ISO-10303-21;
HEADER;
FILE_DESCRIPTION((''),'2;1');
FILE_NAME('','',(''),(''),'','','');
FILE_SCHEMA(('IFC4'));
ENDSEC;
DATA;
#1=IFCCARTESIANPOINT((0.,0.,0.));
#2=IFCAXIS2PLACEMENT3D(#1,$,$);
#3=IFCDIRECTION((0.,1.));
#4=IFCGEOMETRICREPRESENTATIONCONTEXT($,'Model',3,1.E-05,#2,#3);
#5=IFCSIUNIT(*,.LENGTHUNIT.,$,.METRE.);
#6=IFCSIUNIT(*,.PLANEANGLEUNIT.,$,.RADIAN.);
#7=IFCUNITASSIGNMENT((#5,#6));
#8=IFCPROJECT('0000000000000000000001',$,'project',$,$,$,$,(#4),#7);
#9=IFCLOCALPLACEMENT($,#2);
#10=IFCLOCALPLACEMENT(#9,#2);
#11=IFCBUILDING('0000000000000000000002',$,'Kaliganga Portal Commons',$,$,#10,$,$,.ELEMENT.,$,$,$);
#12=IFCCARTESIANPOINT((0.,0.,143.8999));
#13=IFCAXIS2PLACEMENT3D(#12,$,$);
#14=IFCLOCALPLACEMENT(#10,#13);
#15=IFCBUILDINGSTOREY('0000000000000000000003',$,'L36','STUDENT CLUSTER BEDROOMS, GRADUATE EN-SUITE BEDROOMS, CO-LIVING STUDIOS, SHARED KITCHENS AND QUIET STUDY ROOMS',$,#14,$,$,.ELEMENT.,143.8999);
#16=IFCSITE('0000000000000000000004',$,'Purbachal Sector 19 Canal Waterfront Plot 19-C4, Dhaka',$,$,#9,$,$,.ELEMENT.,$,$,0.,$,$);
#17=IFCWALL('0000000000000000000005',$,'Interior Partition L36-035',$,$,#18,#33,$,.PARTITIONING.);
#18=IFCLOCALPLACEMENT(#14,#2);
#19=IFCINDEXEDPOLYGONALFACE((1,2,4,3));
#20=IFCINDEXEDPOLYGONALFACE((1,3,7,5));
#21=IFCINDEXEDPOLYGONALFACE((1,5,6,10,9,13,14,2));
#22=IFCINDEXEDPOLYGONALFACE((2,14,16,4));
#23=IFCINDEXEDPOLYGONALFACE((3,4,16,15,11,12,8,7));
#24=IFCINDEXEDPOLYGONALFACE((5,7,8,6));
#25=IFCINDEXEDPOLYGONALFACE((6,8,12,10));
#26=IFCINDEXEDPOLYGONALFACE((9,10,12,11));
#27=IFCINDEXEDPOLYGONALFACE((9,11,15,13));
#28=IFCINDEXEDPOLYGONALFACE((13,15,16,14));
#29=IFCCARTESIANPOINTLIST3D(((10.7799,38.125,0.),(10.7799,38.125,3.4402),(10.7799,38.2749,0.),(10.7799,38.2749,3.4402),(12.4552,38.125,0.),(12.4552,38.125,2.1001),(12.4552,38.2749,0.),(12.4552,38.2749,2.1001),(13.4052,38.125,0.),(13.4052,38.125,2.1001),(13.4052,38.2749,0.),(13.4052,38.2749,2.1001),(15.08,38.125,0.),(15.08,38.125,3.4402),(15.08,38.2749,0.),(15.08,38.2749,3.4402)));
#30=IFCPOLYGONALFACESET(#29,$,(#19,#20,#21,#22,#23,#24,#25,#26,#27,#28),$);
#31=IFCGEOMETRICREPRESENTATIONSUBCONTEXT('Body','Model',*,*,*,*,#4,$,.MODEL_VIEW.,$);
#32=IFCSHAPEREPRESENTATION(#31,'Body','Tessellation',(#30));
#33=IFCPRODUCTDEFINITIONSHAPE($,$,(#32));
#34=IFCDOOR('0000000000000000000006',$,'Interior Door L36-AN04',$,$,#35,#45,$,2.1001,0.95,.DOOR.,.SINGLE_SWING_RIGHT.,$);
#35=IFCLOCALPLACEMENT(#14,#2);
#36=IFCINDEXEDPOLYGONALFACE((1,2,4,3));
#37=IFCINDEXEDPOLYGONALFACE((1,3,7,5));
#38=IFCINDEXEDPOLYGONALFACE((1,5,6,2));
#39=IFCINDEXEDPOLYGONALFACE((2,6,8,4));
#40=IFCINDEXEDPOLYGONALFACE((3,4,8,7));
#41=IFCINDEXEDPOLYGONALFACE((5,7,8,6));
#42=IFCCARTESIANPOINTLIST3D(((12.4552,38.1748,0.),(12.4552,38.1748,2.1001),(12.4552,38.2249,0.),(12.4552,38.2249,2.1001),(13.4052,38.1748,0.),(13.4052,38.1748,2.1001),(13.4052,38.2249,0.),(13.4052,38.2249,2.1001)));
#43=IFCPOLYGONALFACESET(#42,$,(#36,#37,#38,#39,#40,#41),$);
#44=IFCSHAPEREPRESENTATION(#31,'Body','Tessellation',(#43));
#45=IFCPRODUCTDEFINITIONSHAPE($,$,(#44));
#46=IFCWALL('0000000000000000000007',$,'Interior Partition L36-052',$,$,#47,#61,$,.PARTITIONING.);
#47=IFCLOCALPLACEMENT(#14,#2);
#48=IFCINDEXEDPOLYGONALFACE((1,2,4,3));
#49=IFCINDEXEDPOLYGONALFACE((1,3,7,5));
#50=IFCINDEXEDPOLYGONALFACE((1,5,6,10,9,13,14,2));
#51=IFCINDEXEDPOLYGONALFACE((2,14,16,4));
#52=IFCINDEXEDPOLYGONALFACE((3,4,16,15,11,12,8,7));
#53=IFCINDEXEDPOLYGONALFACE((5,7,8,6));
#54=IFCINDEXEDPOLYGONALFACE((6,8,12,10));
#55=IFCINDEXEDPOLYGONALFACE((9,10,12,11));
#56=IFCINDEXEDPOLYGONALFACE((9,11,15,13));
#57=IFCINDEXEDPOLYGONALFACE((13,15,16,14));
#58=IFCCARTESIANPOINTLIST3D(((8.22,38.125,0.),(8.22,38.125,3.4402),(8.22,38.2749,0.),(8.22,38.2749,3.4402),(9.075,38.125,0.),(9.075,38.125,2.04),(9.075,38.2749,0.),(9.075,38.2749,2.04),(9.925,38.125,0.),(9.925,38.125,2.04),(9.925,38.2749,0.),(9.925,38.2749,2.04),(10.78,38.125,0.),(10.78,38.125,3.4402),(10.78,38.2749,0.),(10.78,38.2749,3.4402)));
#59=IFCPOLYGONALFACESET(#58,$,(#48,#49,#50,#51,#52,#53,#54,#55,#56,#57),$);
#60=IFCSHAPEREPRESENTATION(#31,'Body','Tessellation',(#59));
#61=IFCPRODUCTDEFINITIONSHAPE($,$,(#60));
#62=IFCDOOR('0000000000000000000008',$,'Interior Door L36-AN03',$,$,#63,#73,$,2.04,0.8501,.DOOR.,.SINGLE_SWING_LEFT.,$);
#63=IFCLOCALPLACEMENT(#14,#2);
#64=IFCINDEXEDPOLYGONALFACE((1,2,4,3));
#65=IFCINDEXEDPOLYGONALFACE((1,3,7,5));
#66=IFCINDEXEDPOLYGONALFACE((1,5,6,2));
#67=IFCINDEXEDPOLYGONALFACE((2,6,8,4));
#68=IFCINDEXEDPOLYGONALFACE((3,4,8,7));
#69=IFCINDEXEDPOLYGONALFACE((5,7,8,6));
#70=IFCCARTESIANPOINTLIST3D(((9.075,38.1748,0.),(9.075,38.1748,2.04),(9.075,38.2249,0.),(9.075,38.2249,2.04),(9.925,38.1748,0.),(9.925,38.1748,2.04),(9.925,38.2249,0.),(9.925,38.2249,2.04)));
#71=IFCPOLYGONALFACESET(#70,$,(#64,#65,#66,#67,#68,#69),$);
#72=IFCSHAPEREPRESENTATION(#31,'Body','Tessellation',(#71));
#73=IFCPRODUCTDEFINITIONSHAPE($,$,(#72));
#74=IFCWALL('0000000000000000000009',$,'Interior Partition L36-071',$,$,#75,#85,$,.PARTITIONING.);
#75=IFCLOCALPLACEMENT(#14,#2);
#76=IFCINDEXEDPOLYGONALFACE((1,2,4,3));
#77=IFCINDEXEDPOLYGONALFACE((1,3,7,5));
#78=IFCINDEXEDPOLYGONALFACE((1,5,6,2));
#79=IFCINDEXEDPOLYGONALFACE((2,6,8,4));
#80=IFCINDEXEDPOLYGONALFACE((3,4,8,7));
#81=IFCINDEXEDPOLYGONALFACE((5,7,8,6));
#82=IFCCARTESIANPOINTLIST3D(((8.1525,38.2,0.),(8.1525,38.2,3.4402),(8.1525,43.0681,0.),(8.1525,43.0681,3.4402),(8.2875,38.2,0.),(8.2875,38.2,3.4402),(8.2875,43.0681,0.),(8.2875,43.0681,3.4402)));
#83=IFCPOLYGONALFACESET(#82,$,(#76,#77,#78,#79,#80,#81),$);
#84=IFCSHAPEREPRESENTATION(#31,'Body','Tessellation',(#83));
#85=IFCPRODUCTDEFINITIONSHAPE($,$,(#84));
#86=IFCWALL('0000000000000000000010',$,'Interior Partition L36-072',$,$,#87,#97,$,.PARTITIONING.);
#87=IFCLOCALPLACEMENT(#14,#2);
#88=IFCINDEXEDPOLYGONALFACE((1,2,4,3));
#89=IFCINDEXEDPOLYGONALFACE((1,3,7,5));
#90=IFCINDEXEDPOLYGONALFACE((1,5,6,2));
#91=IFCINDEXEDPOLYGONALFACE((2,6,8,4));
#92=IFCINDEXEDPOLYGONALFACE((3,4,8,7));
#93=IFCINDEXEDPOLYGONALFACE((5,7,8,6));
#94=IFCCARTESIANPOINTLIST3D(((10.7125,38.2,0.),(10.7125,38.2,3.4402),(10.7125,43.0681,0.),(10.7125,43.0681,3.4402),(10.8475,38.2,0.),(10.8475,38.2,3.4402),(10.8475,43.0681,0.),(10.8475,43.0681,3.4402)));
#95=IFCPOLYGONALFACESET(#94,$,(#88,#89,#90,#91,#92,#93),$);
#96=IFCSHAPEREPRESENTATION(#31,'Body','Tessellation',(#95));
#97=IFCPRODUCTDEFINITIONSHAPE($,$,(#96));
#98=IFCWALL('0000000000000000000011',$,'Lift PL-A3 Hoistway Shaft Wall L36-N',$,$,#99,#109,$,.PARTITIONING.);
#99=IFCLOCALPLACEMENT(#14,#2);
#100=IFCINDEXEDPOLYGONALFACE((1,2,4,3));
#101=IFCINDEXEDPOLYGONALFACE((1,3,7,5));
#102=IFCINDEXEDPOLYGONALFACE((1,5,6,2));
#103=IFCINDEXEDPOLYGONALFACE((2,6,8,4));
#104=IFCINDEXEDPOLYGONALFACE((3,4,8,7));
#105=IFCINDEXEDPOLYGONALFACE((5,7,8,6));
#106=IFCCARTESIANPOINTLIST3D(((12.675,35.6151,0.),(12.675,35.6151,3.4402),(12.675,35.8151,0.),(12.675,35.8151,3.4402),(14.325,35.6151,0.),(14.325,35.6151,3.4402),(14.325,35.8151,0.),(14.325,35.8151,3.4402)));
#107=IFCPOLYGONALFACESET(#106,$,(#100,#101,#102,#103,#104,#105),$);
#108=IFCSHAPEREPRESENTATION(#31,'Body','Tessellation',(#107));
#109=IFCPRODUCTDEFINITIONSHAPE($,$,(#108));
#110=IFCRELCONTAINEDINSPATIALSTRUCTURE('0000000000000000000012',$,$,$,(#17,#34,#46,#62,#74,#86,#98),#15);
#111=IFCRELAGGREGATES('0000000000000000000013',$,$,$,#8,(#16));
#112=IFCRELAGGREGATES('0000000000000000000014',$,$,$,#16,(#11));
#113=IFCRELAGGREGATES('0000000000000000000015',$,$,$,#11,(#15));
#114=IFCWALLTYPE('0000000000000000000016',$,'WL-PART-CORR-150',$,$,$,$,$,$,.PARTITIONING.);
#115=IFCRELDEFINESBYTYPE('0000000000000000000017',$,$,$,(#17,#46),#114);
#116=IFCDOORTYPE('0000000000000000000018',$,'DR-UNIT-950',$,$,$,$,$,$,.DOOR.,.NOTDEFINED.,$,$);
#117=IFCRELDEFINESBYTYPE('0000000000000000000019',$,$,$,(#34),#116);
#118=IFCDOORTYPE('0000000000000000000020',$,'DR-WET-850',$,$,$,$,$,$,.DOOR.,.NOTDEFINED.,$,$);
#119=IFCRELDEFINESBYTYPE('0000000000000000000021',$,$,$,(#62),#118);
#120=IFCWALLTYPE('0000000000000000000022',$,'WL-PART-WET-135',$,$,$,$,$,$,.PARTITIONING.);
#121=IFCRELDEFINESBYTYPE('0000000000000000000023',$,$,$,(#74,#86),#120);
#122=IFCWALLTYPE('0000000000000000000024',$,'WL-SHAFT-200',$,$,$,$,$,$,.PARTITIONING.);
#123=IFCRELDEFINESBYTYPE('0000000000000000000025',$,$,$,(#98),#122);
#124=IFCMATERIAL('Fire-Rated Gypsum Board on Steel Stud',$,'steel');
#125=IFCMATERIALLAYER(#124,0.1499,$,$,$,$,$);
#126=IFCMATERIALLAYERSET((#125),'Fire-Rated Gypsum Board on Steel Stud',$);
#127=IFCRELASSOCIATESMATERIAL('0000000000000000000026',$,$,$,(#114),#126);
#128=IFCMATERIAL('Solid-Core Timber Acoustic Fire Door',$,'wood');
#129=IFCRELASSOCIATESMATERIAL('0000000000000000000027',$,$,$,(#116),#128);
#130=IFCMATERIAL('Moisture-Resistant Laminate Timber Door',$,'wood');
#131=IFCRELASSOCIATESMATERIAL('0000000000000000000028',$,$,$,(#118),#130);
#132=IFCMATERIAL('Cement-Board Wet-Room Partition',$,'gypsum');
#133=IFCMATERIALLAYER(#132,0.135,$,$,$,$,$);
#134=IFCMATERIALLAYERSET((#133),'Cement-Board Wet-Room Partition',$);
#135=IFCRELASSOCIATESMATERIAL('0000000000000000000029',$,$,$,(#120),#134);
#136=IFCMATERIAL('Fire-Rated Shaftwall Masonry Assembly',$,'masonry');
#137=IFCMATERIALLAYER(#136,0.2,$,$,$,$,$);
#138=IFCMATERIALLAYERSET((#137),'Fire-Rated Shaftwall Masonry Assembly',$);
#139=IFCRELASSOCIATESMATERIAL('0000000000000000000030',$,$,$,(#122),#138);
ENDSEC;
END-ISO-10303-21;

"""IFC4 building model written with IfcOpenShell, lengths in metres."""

from ifc_helpers import new_model, si_unit, direction, frame, frame_2d, origin, place, context, subcontext, project, spatial, rectangle, extrude, material, layer, layer_set, type_object, element, fill, save


model = new_model("IFC4")

# Units and contexts
model_context = context("Model", 3, precision=1e-05, world=origin(), true_north=direction((0.0, 1.0)))
body_context = subcontext(model_context, "Body", "Model", "MODEL_VIEW")
ifc_project = project(units=[si_unit("LENGTHUNIT", "METRE"), si_unit("PLANEANGLEUNIT", "RADIAN")], contexts=[model_context])

# Site, building, storey
site_placement = place(None, origin())
site = spatial("IfcSite", under=ifc_project, at=site_placement, Name="Purbachal Sector 19 Canal Waterfront Plot 19-C4, Dhaka", CompositionType="ELEMENT", RefElevation=0.0)
building_placement = place(site_placement, origin())
building = spatial("IfcBuilding", under=site, at=building_placement, Name="Kaliganga Portal Commons", CompositionType="ELEMENT")
storey_placement = place(building_placement, frame((0.0, 0.0, 143.8999)))
storey = spatial("IfcBuildingStorey", under=building, at=storey_placement, Name="L36", Description="STUDENT CLUSTER BEDROOMS, GRADUATE EN-SUITE BEDROOMS, CO-LIVING STUDIOS, SHARED KITCHENS AND QUIET STUDY ROOMS", CompositionType="ELEMENT", Elevation=143.8999)

# Shared definitions
ifc_material_1 = material(Name="Fire-Rated Gypsum Board on Steel Stud", Category="steel")
ifc_layer_1 = layer(ifc_material_1, 0.1499)
ifc_layer_set_1 = layer_set([ifc_layer_1], Name="Fire-Rated Gypsum Board on Steel Stud")
wall_type_1 = type_object("IfcWallType", Name="WL-PART-CORR-150", PredefinedType="PARTITIONING", material=ifc_layer_set_1)

# Walls, openings, doors
wall_1_placement = place(storey_placement, frame((10.78, 38.2, 0.0), z_axis=(0.0, 0.0, 1.0), x_axis=(1.0, 0.0, 0.0)))
wall_1 = element("IfcWall", 1, at=wall_1_placement, inside=storey, type_object=wall_type_1, Name="Interior Partition L36-035", PredefinedType="PARTITIONING", context=body_context, shape_type="SweptSolid", body=[
    extrude(rectangle(XDim=4.3, YDim=0.1499, at=frame_2d((2.1499, 0.0))), origin(), (0.0, 0.0, 1.0), 3.4402),
])
opening_1_placement = place(wall_1_placement, frame((1.675, 0.0, 0.0)))
opening_1 = element("IfcOpeningElement", 2, at=opening_1_placement, cuts=wall_1, PredefinedType="OPENING", context=body_context, shape_type="SweptSolid", body=[
    extrude(rectangle(XDim=0.95, YDim=2.1001, at=frame_2d((0.4751, 1.05))), frame((0.0, 0.085, 0.0), z_axis=(0.0, -1.0, 0.0), x_axis=(1.0, 0.0, 0.0)), (0.0, 0.0, 1.0), 0.1699),
])
ifc_material_2 = material(Name="Solid-Core Timber Acoustic Fire Door", Category="wood")
door_type_1 = type_object("IfcDoorType", Name="DR-UNIT-950", OperationType="NOTDEFINED", PredefinedType="DOOR", material=ifc_material_2)
door_1_placement = place(opening_1_placement, origin())
door_1 = element("IfcDoor", 3, at=door_1_placement, inside=storey, type_object=door_type_1, Name="Interior Door L36-AN04", OperationType="SINGLE_SWING_RIGHT", OverallHeight=2.1001, OverallWidth=0.95, PredefinedType="DOOR", context=body_context, shape_type="SweptSolid", body=[
    extrude(rectangle(XDim=0.95, YDim=2.1001, at=frame_2d((0.4751, 1.05))), frame((0.0, 0.0249, 0.0), z_axis=(0.0, -1.0, 0.0), x_axis=(1.0, 0.0, 0.0)), (0.0, 0.0, 1.0), 0.05),
])
fill(opening_1, door_1)
wall_2_placement = place(storey_placement, frame((8.22, 38.2, 0.0), z_axis=(0.0, 0.0, 1.0), x_axis=(1.0, 0.0, 0.0)))
wall_2 = element("IfcWall", 4, at=wall_2_placement, inside=storey, type_object=wall_type_1, Name="Interior Partition L36-052", PredefinedType="PARTITIONING", context=body_context, shape_type="SweptSolid", body=[
    extrude(rectangle(XDim=2.5601, YDim=0.1499, at=frame_2d((1.28, 0.0))), origin(), (0.0, 0.0, 1.0), 3.4402),
])
opening_2_placement = place(wall_2_placement, frame((0.855, 0.0, 0.0)))
opening_2 = element("IfcOpeningElement", 5, at=opening_2_placement, cuts=wall_2, PredefinedType="OPENING", context=body_context, shape_type="SweptSolid", body=[
    extrude(rectangle(XDim=0.8501, YDim=2.04, at=frame_2d((0.425, 1.02))), frame((0.0, 0.085, 0.0), z_axis=(0.0, -1.0, 0.0), x_axis=(1.0, 0.0, 0.0)), (0.0, 0.0, 1.0), 0.1699),
])
ifc_material_3 = material(Name="Moisture-Resistant Laminate Timber Door", Category="wood")
door_type_2 = type_object("IfcDoorType", Name="DR-WET-850", OperationType="NOTDEFINED", PredefinedType="DOOR", material=ifc_material_3)
door_2_placement = place(opening_2_placement, origin())
door_2 = element("IfcDoor", 6, at=door_2_placement, inside=storey, type_object=door_type_2, Name="Interior Door L36-AN03", OperationType="SINGLE_SWING_LEFT", OverallHeight=2.04, OverallWidth=0.8501, PredefinedType="DOOR", context=body_context, shape_type="SweptSolid", body=[
    extrude(rectangle(XDim=0.8501, YDim=2.04, at=frame_2d((0.425, 1.02))), frame((0.0, 0.0249, 0.0), z_axis=(0.0, -1.0, 0.0), x_axis=(1.0, 0.0, 0.0)), (0.0, 0.0, 1.0), 0.05),
])
fill(opening_2, door_2)

# Walls
ifc_material_4 = material(Name="Cement-Board Wet-Room Partition", Category="gypsum")
ifc_layer_2 = layer(ifc_material_4, 0.135)
ifc_layer_set_2 = layer_set([ifc_layer_2], Name="Cement-Board Wet-Room Partition")
wall_type_2 = type_object("IfcWallType", Name="WL-PART-WET-135", PredefinedType="PARTITIONING", material=ifc_layer_set_2)
for number, where, z_axis, x_axis, name in (
    (7, (8.22, 38.2, 0.0), (0.0, 0.0, 1.0), (0.0, 1.0, 0.0), "Interior Partition L36-071"),
    (8, (10.78, 38.2, 0.0), (0.0, 0.0, 1.0), (0.0, 1.0, 0.0), "Interior Partition L36-072"),
):
    element("IfcWall", number, at=place(storey_placement, frame(where, z_axis=z_axis, x_axis=x_axis)), inside=storey, type_object=wall_type_2, Name=name, PredefinedType="PARTITIONING", context=body_context, shape_type="SweptSolid", body=[
        extrude(rectangle(XDim=4.8682, YDim=0.135, at=frame_2d((2.4341, 0.0))), origin(), (0.0, 0.0, 1.0), 3.4402),
    ])
ifc_material_5 = material(Name="Fire-Rated Shaftwall Masonry Assembly", Category="masonry")
ifc_layer_3 = layer(ifc_material_5, 0.2)
ifc_layer_set_3 = layer_set([ifc_layer_3], Name="Fire-Rated Shaftwall Masonry Assembly")
wall_type_3 = type_object("IfcWallType", Name="WL-SHAFT-200", PredefinedType="PARTITIONING", material=ifc_layer_set_3)
wall_3_placement = place(storey_placement, frame((12.675, 35.7151, 0.0), z_axis=(0.0, 0.0, 1.0), x_axis=(1.0, 0.0, 0.0)))
element("IfcWall", 9, at=wall_3_placement, inside=storey, type_object=wall_type_3, Name="Lift PL-A3 Hoistway Shaft Wall L36-N", PredefinedType="PARTITIONING", context=body_context, shape_type="SweptSolid", body=[
    extrude(rectangle(XDim=1.6499, YDim=0.2, at=frame_2d((0.825, 0.0))), origin(), (0.0, 0.0, 1.0), 3.4402),
])

save(model, "model.ifc")
